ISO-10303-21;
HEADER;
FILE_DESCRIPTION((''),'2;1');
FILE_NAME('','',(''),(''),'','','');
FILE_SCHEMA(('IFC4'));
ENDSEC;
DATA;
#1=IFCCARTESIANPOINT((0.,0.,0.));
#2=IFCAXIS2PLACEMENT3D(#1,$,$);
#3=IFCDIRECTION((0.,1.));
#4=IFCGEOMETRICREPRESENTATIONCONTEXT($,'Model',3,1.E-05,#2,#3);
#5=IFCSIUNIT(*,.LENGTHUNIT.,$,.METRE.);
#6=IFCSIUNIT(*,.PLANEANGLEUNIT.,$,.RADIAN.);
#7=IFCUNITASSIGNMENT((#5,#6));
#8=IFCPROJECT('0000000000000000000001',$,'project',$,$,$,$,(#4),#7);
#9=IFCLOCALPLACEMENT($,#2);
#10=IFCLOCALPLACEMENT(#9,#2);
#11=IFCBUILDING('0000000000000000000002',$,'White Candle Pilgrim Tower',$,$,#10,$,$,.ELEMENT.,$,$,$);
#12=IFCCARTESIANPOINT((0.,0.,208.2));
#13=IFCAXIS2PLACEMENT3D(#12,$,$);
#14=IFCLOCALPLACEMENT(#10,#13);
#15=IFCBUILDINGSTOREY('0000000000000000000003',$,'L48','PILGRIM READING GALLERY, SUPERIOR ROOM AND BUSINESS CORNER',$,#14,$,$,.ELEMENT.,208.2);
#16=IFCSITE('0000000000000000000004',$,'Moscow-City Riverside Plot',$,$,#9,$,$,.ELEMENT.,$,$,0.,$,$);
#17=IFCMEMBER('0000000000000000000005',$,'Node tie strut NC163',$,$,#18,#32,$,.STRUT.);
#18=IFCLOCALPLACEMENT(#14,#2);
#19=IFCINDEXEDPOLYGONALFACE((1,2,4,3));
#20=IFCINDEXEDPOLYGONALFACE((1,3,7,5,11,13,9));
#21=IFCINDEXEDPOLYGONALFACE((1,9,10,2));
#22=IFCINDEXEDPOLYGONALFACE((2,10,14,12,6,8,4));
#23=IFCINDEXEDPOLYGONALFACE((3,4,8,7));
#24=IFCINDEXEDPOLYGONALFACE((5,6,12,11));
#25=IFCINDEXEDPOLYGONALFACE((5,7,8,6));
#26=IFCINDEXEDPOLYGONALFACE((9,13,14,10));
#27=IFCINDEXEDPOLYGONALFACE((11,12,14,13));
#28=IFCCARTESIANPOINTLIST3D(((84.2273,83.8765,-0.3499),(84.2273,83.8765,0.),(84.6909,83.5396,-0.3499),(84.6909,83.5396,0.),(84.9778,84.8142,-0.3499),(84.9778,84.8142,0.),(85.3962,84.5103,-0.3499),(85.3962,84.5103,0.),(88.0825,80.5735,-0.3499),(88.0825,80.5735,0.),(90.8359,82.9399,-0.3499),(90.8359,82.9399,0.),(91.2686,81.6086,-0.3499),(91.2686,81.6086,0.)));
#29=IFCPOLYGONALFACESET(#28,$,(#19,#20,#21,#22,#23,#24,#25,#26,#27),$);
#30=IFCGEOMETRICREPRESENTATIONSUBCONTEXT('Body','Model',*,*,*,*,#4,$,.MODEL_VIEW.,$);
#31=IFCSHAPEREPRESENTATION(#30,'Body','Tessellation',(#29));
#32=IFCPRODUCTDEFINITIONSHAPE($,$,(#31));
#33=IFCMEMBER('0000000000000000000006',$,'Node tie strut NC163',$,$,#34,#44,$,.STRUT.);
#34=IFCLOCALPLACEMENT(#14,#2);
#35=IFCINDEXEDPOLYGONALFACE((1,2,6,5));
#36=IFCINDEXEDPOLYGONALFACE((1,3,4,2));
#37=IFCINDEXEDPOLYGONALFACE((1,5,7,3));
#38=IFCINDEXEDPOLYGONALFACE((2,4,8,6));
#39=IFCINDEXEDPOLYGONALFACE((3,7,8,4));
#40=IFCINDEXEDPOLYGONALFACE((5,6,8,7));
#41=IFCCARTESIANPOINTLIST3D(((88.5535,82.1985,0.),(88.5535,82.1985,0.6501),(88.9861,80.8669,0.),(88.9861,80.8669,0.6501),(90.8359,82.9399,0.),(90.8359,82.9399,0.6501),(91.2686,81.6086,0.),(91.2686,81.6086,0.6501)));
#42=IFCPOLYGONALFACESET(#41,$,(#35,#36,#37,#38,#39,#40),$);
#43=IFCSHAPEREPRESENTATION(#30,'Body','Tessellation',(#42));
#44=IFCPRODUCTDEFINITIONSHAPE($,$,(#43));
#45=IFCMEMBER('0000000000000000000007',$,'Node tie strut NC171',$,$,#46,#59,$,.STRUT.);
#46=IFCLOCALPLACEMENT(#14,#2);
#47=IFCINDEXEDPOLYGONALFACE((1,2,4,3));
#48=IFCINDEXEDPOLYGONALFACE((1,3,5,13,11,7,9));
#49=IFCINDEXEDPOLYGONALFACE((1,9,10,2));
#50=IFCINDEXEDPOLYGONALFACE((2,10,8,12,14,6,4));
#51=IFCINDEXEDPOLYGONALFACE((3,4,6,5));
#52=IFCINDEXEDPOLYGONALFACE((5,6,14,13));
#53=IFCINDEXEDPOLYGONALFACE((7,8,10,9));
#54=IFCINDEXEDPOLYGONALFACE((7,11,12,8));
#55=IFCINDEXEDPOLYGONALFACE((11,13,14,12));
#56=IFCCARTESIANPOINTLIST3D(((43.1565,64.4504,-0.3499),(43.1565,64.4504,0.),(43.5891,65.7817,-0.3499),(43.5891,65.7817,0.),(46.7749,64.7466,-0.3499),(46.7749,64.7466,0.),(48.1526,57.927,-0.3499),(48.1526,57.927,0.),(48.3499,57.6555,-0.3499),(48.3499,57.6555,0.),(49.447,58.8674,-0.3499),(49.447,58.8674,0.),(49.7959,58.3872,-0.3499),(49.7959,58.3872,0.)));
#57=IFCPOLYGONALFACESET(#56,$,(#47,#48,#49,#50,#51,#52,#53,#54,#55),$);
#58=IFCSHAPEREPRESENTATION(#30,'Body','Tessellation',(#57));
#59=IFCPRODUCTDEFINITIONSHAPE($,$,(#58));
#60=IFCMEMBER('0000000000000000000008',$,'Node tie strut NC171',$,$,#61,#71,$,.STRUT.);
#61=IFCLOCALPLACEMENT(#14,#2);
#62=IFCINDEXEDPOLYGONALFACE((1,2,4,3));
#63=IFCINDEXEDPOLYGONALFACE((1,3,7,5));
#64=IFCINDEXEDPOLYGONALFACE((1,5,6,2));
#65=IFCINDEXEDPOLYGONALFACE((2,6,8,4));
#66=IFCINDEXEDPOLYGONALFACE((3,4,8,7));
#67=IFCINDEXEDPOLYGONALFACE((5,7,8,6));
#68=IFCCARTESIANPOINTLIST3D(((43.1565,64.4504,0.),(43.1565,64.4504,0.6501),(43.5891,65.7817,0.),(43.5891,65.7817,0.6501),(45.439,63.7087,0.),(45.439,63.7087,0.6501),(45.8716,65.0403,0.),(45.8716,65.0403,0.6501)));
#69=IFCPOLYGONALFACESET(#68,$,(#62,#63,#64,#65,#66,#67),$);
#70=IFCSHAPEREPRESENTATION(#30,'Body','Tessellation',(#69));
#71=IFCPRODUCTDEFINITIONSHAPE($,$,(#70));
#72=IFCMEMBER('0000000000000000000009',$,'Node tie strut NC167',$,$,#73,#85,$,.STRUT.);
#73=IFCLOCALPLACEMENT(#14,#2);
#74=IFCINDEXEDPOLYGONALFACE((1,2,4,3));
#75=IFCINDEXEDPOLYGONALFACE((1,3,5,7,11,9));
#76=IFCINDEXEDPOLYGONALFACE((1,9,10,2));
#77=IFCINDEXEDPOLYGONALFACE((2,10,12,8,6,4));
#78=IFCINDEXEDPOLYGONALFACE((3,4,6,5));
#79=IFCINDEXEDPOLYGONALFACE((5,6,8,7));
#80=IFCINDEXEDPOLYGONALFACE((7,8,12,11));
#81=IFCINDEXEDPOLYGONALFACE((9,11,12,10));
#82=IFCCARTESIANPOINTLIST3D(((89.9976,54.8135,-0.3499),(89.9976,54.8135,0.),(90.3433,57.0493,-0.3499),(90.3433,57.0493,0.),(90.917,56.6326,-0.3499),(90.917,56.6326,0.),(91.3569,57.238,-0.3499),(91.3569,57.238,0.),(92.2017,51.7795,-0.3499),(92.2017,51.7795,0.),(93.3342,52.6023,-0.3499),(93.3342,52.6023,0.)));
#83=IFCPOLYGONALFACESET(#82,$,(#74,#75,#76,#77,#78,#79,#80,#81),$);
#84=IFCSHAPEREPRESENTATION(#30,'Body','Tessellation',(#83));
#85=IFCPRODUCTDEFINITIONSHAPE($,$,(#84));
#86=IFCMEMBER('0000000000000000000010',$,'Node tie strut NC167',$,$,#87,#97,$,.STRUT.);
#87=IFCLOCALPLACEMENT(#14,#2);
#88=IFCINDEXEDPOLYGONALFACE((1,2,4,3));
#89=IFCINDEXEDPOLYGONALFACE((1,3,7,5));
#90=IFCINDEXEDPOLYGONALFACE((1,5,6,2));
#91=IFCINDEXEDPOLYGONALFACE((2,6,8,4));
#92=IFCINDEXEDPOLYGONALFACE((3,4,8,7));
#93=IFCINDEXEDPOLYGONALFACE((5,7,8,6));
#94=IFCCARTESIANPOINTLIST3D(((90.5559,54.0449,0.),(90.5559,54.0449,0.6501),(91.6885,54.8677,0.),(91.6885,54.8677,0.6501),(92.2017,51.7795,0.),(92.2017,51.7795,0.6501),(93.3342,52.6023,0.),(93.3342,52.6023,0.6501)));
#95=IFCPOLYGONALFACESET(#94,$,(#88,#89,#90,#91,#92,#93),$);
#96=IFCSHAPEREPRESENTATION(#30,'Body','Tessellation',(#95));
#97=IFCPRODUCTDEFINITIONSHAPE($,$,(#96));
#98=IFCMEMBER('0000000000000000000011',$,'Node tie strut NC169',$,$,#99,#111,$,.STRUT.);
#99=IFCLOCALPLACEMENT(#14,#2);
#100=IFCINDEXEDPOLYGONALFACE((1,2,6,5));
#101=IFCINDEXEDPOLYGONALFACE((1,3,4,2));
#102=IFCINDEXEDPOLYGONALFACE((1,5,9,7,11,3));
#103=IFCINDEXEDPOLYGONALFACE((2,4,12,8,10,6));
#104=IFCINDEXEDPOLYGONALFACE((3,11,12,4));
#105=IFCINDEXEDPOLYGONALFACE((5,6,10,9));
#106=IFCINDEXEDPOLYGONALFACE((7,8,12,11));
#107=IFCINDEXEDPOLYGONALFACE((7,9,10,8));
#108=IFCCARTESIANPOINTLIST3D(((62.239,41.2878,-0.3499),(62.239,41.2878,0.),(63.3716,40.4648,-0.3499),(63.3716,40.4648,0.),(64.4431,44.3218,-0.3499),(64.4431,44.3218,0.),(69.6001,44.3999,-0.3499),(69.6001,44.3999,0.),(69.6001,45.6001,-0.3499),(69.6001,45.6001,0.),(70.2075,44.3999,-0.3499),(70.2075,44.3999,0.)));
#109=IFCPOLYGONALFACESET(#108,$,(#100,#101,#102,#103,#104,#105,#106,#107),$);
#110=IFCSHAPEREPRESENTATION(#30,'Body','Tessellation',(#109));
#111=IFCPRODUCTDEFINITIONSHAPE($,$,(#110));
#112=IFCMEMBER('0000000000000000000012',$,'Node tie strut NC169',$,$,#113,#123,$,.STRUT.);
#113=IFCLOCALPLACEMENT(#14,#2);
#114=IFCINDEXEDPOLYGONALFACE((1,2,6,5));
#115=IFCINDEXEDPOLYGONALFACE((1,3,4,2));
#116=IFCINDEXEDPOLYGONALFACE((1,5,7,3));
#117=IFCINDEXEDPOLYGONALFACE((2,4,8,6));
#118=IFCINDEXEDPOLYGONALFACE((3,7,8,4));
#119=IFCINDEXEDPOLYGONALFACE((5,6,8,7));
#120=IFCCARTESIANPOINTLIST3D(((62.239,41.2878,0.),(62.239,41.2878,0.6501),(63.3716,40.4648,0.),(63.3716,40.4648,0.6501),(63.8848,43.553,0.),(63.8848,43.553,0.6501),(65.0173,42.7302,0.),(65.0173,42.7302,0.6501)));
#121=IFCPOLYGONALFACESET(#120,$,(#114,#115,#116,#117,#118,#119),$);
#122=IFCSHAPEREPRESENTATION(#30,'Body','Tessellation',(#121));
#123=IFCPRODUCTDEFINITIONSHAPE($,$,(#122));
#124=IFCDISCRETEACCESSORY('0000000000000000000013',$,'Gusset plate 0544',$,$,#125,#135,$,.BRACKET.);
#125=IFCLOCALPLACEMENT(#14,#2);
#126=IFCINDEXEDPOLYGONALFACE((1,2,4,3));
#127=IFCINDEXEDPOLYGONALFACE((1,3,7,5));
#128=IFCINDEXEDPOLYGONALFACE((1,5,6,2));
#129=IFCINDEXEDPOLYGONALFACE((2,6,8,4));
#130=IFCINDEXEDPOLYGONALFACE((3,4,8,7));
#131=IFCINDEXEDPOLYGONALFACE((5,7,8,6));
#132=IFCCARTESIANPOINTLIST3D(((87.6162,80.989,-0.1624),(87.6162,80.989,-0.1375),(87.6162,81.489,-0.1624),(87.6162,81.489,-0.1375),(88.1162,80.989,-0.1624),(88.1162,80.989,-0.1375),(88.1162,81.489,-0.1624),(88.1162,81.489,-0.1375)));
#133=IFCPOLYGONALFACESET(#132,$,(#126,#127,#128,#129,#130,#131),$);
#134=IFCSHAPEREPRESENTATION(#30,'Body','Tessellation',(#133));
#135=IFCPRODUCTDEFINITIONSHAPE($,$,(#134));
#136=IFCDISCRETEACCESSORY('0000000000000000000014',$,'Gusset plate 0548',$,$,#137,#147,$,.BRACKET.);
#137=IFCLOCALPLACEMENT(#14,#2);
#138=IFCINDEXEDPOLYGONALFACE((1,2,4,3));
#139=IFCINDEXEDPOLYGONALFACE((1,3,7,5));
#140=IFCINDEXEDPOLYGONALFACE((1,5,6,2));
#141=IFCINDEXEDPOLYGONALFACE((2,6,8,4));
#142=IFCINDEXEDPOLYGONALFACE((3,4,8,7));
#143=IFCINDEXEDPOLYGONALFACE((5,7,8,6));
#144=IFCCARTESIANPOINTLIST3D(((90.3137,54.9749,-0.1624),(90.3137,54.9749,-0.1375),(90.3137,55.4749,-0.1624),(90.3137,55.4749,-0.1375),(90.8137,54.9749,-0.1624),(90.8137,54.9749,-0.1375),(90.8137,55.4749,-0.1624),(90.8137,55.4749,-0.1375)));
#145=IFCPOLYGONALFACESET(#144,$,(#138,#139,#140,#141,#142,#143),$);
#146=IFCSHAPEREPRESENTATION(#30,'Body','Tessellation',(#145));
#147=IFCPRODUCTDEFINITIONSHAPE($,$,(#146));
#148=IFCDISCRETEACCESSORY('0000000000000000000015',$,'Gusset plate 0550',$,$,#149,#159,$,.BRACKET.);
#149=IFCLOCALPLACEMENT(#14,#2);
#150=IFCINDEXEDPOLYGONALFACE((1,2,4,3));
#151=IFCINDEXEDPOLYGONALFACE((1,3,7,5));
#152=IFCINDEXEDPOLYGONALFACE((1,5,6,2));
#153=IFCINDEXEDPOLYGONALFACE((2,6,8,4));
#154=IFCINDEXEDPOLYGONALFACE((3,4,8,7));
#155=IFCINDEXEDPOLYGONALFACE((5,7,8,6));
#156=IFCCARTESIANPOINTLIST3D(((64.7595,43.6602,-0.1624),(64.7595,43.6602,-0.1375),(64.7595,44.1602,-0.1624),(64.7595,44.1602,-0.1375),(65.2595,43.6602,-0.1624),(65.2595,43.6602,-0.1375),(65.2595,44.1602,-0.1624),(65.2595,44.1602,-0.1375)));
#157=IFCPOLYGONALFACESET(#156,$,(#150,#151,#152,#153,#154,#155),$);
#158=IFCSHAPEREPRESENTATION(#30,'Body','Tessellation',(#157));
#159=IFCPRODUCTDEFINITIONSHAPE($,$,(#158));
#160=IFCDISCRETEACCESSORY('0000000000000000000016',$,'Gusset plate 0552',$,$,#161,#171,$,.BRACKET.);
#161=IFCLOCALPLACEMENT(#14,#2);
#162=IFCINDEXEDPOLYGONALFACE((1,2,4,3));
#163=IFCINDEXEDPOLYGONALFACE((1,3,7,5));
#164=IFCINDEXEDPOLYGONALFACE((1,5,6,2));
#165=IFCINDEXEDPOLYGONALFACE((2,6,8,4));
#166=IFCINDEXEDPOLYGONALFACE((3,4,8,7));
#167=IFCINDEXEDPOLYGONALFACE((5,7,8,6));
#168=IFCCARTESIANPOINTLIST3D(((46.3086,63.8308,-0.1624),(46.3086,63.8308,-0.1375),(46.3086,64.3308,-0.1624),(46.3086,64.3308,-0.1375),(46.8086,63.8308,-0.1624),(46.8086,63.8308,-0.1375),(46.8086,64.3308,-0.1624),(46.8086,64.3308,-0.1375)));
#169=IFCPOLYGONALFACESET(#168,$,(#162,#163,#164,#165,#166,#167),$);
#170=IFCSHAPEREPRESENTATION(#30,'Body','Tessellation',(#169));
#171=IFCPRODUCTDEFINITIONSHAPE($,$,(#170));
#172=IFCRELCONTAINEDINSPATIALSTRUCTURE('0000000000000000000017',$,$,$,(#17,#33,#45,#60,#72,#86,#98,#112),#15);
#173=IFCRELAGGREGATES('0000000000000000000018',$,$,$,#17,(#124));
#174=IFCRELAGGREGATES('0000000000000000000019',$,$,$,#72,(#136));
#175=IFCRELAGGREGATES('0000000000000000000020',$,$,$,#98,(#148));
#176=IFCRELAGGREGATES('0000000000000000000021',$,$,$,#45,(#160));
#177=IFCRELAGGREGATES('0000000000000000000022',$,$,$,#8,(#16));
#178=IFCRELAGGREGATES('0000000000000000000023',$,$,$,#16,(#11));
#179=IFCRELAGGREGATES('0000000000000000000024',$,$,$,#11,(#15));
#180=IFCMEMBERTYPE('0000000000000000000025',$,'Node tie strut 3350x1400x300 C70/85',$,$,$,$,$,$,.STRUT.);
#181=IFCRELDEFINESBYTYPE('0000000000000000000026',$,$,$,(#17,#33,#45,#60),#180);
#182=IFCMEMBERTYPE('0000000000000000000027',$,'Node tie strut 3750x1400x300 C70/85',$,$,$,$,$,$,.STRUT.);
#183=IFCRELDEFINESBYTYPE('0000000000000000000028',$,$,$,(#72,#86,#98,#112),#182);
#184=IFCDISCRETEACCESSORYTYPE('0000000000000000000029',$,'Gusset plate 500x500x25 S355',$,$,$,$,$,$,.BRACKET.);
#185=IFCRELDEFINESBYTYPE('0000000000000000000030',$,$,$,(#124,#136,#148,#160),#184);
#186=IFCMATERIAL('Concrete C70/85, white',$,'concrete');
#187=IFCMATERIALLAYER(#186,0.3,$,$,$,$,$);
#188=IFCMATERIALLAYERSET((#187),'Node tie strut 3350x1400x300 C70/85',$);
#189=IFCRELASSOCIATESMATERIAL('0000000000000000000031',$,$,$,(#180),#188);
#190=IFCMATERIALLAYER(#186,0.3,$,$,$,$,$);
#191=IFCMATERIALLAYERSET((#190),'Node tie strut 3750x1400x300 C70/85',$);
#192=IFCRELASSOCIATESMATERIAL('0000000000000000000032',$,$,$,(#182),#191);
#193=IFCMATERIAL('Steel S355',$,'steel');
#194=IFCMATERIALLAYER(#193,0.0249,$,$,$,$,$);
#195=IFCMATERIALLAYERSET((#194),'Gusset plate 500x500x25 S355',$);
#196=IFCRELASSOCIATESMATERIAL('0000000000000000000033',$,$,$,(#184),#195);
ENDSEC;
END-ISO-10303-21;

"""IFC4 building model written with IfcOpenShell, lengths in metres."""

from ifc_helpers import new_model, si_unit, direction, frame, origin, origin_2d, place, context, subcontext, project, spatial, polyline, rectangle, outline, extrude, material, layer, layer_set, type_object, element, aggregate, save


model = new_model("IFC4")

# Units and contexts
model_context = context("Model", 3, precision=1e-05, world=origin(), true_north=direction((0.0, 1.0)))
body_context = subcontext(model_context, "Body", "Model", "MODEL_VIEW")
ifc_project = project(units=[si_unit("LENGTHUNIT", "METRE"), si_unit("PLANEANGLEUNIT", "RADIAN")], contexts=[model_context])

# Site, building, storey
site_placement = place(None, origin())
site = spatial("IfcSite", under=ifc_project, at=site_placement, Name="Moscow-City Riverside Plot", CompositionType="ELEMENT", RefElevation=0.0)
building_placement = place(site_placement, origin())
building = spatial("IfcBuilding", under=site, at=building_placement, Name="White Candle Pilgrim Tower", CompositionType="ELEMENT")
storey_placement = place(building_placement, frame((0.0, 0.0, 208.2)))
storey = spatial("IfcBuildingStorey", under=building, at=storey_placement, Name="L48", Description="PILGRIM READING GALLERY, SUPERIOR ROOM AND BUSINESS CORNER", CompositionType="ELEMENT", Elevation=208.2)

# Members
ifc_material_1 = material(Name="Concrete C70/85, white", Category="concrete")
ifc_layer_1 = layer(ifc_material_1, 0.3)
ifc_layer_set_1 = layer_set([ifc_layer_1], Name="Node tie strut 3350x1400x300 C70/85")
member_type_1 = type_object("IfcMemberType", Name="Node tie strut 3350x1400x300 C70/85", PredefinedType="STRUT", material=ifc_layer_set_1)
member_1_placement = place(storey_placement, frame((0.0, 0.0, -0.3499)))
member_1 = element("IfcMember", 1, at=member_1_placement, inside=storey, type_object=member_type_1, Name="Node tie strut NC163", PredefinedType="STRUT", context=body_context, shape_type="SweptSolid", body=[
    extrude(outline(polyline([(88.0825, 80.5735), (91.2686, 81.6086), (90.8359, 82.9399), (84.9778, 84.8142), (85.3962, 84.5103), (84.6909, 83.5396), (84.2273, 83.8765), (88.0825, 80.5735)])), origin(), (0.0, 0.0, 1.0), 0.3499),
])
member_2_placement = place(storey_placement, origin())
element("IfcMember", 2, at=member_2_placement, inside=storey, type_object=member_type_1, Name="Node tie strut NC163", PredefinedType="STRUT", context=body_context, shape_type="SweptSolid", body=[
    extrude(outline(polyline([(88.9861, 80.8669), (91.2686, 81.6086), (90.8359, 82.9399), (88.5535, 82.1985), (88.9861, 80.8669)])), origin(), (0.0, 0.0, 1.0), 0.6501),
])
member_3_placement = place(storey_placement, frame((0.0, 0.0, -0.3499)))
member_3 = element("IfcMember", 3, at=member_3_placement, inside=storey, type_object=member_type_1, Name="Node tie strut NC171", PredefinedType="STRUT", context=body_context, shape_type="SweptSolid", body=[
    extrude(outline(polyline([(48.3499, 57.6555), (48.1526, 57.927), (49.447, 58.8674), (49.7959, 58.3872), (46.7749, 64.7466), (43.5891, 65.7817), (43.1565, 64.4504), (48.3499, 57.6555)])), origin(), (0.0, 0.0, 1.0), 0.3499),
])
member_4_placement = place(storey_placement, origin())
element("IfcMember", 4, at=member_4_placement, inside=storey, type_object=member_type_1, Name="Node tie strut NC171", PredefinedType="STRUT", context=body_context, shape_type="SweptSolid", body=[
    extrude(outline(polyline([(45.439, 63.7087), (45.8716, 65.0403), (43.5891, 65.7817), (43.1565, 64.4504), (45.439, 63.7087)])), origin(), (0.0, 0.0, 1.0), 0.6501),
])
ifc_layer_2 = layer(ifc_material_1, 0.3)
ifc_layer_set_2 = layer_set([ifc_layer_2], Name="Node tie strut 3750x1400x300 C70/85")
member_type_2 = type_object("IfcMemberType", Name="Node tie strut 3750x1400x300 C70/85", PredefinedType="STRUT", material=ifc_layer_set_2)
member_5_placement = place(storey_placement, frame((0.0, 0.0, -0.3499)))
member_5 = element("IfcMember", 5, at=member_5_placement, inside=storey, type_object=member_type_2, Name="Node tie strut NC167", PredefinedType="STRUT", context=body_context, shape_type="SweptSolid", body=[
    extrude(outline(polyline([(92.2017, 51.7795), (93.3342, 52.6023), (91.3569, 57.238), (90.917, 56.6326), (90.3433, 57.0493), (89.9976, 54.8135), (92.2017, 51.7795)])), origin(), (0.0, 0.0, 1.0), 0.3499),
])
member_6_placement = place(storey_placement, origin())
element("IfcMember", 6, at=member_6_placement, inside=storey, type_object=member_type_2, Name="Node tie strut NC167", PredefinedType="STRUT", context=body_context, shape_type="SweptSolid", body=[
    extrude(outline(polyline([(92.2017, 51.7795), (93.3342, 52.6023), (91.6885, 54.8677), (90.5559, 54.0449), (92.2017, 51.7795)])), origin(), (0.0, 0.0, 1.0), 0.6501),
])
member_7_placement = place(storey_placement, frame((0.0, 0.0, -0.3499)))
member_7 = element("IfcMember", 7, at=member_7_placement, inside=storey, type_object=member_type_2, Name="Node tie strut NC169", PredefinedType="STRUT", context=body_context, shape_type="SweptSolid", body=[
    extrude(outline(polyline([(63.3716, 40.4648), (70.2075, 44.3999), (69.6001, 44.3999), (69.6001, 45.6001), (64.4431, 44.3218), (62.239, 41.2878), (63.3716, 40.4648)])), origin(), (0.0, 0.0, 1.0), 0.3499),
])
member_8_placement = place(storey_placement, origin())
element("IfcMember", 8, at=member_8_placement, inside=storey, type_object=member_type_2, Name="Node tie strut NC169", PredefinedType="STRUT", context=body_context, shape_type="SweptSolid", body=[
    extrude(outline(polyline([(63.3716, 40.4648), (65.0173, 42.7302), (63.8848, 43.553), (62.239, 41.2878), (63.3716, 40.4648)])), origin(), (0.0, 0.0, 1.0), 0.6501),
])

# Discrete accessories
ifc_material_2 = material(Name="Steel S355", Category="steel")
ifc_layer_3 = layer(ifc_material_2, 0.0249)
ifc_layer_set_3 = layer_set([ifc_layer_3], Name="Gusset plate 500x500x25 S355")
discrete_accessory_type = type_object("IfcDiscreteAccessoryType", Name="Gusset plate 500x500x25 S355", PredefinedType="BRACKET", material=ifc_layer_set_3)
discrete_accessory_1_placement = place(storey_placement, frame((87.8662, 81.239, -0.1624), z_axis=(0.0, 0.0, 1.0), x_axis=(1.0, 0.0, 0.0)))
discrete_accessory_1 = element("IfcDiscreteAccessory", 9, at=discrete_accessory_1_placement, type_object=discrete_accessory_type, Name="Gusset plate 0544", PredefinedType="BRACKET", context=body_context, shape_type="SweptSolid", body=[
    extrude(rectangle(XDim=0.5, YDim=0.5, at=origin_2d()), origin(), (0.0, 0.0, 1.0), 0.0249),
])
aggregate(member_1, [discrete_accessory_1])
discrete_accessory_2_placement = place(storey_placement, frame((90.5637, 55.2249, -0.1624), z_axis=(0.0, 0.0, 1.0), x_axis=(1.0, 0.0, 0.0)))
discrete_accessory_2 = element("IfcDiscreteAccessory", 10, at=discrete_accessory_2_placement, type_object=discrete_accessory_type, Name="Gusset plate 0548", PredefinedType="BRACKET", context=body_context, shape_type="SweptSolid", body=[
    extrude(rectangle(XDim=0.5, YDim=0.5, at=origin_2d()), origin(), (0.0, 0.0, 1.0), 0.0249),
])
aggregate(member_5, [discrete_accessory_2])
discrete_accessory_3_placement = place(storey_placement, frame((65.0095, 43.9102, -0.1624), z_axis=(0.0, 0.0, 1.0), x_axis=(1.0, 0.0, 0.0)))
discrete_accessory_3 = element("IfcDiscreteAccessory", 11, at=discrete_accessory_3_placement, type_object=discrete_accessory_type, Name="Gusset plate 0550", PredefinedType="BRACKET", context=body_context, shape_type="SweptSolid", body=[
    extrude(rectangle(XDim=0.5, YDim=0.5, at=origin_2d()), origin(), (0.0, 0.0, 1.0), 0.0249),
])
aggregate(member_7, [discrete_accessory_3])
discrete_accessory_4_placement = place(storey_placement, frame((46.5586, 64.0808, -0.1624), z_axis=(0.0, 0.0, 1.0), x_axis=(1.0, 0.0, 0.0)))
discrete_accessory_4 = element("IfcDiscreteAccessory", 12, at=discrete_accessory_4_placement, type_object=discrete_accessory_type, Name="Gusset plate 0552", PredefinedType="BRACKET", context=body_context, shape_type="SweptSolid", body=[
    extrude(rectangle(XDim=0.5, YDim=0.5, at=origin_2d()), origin(), (0.0, 0.0, 1.0), 0.0249),
])
aggregate(member_3, [discrete_accessory_4])

save(model, "model.ifc")
